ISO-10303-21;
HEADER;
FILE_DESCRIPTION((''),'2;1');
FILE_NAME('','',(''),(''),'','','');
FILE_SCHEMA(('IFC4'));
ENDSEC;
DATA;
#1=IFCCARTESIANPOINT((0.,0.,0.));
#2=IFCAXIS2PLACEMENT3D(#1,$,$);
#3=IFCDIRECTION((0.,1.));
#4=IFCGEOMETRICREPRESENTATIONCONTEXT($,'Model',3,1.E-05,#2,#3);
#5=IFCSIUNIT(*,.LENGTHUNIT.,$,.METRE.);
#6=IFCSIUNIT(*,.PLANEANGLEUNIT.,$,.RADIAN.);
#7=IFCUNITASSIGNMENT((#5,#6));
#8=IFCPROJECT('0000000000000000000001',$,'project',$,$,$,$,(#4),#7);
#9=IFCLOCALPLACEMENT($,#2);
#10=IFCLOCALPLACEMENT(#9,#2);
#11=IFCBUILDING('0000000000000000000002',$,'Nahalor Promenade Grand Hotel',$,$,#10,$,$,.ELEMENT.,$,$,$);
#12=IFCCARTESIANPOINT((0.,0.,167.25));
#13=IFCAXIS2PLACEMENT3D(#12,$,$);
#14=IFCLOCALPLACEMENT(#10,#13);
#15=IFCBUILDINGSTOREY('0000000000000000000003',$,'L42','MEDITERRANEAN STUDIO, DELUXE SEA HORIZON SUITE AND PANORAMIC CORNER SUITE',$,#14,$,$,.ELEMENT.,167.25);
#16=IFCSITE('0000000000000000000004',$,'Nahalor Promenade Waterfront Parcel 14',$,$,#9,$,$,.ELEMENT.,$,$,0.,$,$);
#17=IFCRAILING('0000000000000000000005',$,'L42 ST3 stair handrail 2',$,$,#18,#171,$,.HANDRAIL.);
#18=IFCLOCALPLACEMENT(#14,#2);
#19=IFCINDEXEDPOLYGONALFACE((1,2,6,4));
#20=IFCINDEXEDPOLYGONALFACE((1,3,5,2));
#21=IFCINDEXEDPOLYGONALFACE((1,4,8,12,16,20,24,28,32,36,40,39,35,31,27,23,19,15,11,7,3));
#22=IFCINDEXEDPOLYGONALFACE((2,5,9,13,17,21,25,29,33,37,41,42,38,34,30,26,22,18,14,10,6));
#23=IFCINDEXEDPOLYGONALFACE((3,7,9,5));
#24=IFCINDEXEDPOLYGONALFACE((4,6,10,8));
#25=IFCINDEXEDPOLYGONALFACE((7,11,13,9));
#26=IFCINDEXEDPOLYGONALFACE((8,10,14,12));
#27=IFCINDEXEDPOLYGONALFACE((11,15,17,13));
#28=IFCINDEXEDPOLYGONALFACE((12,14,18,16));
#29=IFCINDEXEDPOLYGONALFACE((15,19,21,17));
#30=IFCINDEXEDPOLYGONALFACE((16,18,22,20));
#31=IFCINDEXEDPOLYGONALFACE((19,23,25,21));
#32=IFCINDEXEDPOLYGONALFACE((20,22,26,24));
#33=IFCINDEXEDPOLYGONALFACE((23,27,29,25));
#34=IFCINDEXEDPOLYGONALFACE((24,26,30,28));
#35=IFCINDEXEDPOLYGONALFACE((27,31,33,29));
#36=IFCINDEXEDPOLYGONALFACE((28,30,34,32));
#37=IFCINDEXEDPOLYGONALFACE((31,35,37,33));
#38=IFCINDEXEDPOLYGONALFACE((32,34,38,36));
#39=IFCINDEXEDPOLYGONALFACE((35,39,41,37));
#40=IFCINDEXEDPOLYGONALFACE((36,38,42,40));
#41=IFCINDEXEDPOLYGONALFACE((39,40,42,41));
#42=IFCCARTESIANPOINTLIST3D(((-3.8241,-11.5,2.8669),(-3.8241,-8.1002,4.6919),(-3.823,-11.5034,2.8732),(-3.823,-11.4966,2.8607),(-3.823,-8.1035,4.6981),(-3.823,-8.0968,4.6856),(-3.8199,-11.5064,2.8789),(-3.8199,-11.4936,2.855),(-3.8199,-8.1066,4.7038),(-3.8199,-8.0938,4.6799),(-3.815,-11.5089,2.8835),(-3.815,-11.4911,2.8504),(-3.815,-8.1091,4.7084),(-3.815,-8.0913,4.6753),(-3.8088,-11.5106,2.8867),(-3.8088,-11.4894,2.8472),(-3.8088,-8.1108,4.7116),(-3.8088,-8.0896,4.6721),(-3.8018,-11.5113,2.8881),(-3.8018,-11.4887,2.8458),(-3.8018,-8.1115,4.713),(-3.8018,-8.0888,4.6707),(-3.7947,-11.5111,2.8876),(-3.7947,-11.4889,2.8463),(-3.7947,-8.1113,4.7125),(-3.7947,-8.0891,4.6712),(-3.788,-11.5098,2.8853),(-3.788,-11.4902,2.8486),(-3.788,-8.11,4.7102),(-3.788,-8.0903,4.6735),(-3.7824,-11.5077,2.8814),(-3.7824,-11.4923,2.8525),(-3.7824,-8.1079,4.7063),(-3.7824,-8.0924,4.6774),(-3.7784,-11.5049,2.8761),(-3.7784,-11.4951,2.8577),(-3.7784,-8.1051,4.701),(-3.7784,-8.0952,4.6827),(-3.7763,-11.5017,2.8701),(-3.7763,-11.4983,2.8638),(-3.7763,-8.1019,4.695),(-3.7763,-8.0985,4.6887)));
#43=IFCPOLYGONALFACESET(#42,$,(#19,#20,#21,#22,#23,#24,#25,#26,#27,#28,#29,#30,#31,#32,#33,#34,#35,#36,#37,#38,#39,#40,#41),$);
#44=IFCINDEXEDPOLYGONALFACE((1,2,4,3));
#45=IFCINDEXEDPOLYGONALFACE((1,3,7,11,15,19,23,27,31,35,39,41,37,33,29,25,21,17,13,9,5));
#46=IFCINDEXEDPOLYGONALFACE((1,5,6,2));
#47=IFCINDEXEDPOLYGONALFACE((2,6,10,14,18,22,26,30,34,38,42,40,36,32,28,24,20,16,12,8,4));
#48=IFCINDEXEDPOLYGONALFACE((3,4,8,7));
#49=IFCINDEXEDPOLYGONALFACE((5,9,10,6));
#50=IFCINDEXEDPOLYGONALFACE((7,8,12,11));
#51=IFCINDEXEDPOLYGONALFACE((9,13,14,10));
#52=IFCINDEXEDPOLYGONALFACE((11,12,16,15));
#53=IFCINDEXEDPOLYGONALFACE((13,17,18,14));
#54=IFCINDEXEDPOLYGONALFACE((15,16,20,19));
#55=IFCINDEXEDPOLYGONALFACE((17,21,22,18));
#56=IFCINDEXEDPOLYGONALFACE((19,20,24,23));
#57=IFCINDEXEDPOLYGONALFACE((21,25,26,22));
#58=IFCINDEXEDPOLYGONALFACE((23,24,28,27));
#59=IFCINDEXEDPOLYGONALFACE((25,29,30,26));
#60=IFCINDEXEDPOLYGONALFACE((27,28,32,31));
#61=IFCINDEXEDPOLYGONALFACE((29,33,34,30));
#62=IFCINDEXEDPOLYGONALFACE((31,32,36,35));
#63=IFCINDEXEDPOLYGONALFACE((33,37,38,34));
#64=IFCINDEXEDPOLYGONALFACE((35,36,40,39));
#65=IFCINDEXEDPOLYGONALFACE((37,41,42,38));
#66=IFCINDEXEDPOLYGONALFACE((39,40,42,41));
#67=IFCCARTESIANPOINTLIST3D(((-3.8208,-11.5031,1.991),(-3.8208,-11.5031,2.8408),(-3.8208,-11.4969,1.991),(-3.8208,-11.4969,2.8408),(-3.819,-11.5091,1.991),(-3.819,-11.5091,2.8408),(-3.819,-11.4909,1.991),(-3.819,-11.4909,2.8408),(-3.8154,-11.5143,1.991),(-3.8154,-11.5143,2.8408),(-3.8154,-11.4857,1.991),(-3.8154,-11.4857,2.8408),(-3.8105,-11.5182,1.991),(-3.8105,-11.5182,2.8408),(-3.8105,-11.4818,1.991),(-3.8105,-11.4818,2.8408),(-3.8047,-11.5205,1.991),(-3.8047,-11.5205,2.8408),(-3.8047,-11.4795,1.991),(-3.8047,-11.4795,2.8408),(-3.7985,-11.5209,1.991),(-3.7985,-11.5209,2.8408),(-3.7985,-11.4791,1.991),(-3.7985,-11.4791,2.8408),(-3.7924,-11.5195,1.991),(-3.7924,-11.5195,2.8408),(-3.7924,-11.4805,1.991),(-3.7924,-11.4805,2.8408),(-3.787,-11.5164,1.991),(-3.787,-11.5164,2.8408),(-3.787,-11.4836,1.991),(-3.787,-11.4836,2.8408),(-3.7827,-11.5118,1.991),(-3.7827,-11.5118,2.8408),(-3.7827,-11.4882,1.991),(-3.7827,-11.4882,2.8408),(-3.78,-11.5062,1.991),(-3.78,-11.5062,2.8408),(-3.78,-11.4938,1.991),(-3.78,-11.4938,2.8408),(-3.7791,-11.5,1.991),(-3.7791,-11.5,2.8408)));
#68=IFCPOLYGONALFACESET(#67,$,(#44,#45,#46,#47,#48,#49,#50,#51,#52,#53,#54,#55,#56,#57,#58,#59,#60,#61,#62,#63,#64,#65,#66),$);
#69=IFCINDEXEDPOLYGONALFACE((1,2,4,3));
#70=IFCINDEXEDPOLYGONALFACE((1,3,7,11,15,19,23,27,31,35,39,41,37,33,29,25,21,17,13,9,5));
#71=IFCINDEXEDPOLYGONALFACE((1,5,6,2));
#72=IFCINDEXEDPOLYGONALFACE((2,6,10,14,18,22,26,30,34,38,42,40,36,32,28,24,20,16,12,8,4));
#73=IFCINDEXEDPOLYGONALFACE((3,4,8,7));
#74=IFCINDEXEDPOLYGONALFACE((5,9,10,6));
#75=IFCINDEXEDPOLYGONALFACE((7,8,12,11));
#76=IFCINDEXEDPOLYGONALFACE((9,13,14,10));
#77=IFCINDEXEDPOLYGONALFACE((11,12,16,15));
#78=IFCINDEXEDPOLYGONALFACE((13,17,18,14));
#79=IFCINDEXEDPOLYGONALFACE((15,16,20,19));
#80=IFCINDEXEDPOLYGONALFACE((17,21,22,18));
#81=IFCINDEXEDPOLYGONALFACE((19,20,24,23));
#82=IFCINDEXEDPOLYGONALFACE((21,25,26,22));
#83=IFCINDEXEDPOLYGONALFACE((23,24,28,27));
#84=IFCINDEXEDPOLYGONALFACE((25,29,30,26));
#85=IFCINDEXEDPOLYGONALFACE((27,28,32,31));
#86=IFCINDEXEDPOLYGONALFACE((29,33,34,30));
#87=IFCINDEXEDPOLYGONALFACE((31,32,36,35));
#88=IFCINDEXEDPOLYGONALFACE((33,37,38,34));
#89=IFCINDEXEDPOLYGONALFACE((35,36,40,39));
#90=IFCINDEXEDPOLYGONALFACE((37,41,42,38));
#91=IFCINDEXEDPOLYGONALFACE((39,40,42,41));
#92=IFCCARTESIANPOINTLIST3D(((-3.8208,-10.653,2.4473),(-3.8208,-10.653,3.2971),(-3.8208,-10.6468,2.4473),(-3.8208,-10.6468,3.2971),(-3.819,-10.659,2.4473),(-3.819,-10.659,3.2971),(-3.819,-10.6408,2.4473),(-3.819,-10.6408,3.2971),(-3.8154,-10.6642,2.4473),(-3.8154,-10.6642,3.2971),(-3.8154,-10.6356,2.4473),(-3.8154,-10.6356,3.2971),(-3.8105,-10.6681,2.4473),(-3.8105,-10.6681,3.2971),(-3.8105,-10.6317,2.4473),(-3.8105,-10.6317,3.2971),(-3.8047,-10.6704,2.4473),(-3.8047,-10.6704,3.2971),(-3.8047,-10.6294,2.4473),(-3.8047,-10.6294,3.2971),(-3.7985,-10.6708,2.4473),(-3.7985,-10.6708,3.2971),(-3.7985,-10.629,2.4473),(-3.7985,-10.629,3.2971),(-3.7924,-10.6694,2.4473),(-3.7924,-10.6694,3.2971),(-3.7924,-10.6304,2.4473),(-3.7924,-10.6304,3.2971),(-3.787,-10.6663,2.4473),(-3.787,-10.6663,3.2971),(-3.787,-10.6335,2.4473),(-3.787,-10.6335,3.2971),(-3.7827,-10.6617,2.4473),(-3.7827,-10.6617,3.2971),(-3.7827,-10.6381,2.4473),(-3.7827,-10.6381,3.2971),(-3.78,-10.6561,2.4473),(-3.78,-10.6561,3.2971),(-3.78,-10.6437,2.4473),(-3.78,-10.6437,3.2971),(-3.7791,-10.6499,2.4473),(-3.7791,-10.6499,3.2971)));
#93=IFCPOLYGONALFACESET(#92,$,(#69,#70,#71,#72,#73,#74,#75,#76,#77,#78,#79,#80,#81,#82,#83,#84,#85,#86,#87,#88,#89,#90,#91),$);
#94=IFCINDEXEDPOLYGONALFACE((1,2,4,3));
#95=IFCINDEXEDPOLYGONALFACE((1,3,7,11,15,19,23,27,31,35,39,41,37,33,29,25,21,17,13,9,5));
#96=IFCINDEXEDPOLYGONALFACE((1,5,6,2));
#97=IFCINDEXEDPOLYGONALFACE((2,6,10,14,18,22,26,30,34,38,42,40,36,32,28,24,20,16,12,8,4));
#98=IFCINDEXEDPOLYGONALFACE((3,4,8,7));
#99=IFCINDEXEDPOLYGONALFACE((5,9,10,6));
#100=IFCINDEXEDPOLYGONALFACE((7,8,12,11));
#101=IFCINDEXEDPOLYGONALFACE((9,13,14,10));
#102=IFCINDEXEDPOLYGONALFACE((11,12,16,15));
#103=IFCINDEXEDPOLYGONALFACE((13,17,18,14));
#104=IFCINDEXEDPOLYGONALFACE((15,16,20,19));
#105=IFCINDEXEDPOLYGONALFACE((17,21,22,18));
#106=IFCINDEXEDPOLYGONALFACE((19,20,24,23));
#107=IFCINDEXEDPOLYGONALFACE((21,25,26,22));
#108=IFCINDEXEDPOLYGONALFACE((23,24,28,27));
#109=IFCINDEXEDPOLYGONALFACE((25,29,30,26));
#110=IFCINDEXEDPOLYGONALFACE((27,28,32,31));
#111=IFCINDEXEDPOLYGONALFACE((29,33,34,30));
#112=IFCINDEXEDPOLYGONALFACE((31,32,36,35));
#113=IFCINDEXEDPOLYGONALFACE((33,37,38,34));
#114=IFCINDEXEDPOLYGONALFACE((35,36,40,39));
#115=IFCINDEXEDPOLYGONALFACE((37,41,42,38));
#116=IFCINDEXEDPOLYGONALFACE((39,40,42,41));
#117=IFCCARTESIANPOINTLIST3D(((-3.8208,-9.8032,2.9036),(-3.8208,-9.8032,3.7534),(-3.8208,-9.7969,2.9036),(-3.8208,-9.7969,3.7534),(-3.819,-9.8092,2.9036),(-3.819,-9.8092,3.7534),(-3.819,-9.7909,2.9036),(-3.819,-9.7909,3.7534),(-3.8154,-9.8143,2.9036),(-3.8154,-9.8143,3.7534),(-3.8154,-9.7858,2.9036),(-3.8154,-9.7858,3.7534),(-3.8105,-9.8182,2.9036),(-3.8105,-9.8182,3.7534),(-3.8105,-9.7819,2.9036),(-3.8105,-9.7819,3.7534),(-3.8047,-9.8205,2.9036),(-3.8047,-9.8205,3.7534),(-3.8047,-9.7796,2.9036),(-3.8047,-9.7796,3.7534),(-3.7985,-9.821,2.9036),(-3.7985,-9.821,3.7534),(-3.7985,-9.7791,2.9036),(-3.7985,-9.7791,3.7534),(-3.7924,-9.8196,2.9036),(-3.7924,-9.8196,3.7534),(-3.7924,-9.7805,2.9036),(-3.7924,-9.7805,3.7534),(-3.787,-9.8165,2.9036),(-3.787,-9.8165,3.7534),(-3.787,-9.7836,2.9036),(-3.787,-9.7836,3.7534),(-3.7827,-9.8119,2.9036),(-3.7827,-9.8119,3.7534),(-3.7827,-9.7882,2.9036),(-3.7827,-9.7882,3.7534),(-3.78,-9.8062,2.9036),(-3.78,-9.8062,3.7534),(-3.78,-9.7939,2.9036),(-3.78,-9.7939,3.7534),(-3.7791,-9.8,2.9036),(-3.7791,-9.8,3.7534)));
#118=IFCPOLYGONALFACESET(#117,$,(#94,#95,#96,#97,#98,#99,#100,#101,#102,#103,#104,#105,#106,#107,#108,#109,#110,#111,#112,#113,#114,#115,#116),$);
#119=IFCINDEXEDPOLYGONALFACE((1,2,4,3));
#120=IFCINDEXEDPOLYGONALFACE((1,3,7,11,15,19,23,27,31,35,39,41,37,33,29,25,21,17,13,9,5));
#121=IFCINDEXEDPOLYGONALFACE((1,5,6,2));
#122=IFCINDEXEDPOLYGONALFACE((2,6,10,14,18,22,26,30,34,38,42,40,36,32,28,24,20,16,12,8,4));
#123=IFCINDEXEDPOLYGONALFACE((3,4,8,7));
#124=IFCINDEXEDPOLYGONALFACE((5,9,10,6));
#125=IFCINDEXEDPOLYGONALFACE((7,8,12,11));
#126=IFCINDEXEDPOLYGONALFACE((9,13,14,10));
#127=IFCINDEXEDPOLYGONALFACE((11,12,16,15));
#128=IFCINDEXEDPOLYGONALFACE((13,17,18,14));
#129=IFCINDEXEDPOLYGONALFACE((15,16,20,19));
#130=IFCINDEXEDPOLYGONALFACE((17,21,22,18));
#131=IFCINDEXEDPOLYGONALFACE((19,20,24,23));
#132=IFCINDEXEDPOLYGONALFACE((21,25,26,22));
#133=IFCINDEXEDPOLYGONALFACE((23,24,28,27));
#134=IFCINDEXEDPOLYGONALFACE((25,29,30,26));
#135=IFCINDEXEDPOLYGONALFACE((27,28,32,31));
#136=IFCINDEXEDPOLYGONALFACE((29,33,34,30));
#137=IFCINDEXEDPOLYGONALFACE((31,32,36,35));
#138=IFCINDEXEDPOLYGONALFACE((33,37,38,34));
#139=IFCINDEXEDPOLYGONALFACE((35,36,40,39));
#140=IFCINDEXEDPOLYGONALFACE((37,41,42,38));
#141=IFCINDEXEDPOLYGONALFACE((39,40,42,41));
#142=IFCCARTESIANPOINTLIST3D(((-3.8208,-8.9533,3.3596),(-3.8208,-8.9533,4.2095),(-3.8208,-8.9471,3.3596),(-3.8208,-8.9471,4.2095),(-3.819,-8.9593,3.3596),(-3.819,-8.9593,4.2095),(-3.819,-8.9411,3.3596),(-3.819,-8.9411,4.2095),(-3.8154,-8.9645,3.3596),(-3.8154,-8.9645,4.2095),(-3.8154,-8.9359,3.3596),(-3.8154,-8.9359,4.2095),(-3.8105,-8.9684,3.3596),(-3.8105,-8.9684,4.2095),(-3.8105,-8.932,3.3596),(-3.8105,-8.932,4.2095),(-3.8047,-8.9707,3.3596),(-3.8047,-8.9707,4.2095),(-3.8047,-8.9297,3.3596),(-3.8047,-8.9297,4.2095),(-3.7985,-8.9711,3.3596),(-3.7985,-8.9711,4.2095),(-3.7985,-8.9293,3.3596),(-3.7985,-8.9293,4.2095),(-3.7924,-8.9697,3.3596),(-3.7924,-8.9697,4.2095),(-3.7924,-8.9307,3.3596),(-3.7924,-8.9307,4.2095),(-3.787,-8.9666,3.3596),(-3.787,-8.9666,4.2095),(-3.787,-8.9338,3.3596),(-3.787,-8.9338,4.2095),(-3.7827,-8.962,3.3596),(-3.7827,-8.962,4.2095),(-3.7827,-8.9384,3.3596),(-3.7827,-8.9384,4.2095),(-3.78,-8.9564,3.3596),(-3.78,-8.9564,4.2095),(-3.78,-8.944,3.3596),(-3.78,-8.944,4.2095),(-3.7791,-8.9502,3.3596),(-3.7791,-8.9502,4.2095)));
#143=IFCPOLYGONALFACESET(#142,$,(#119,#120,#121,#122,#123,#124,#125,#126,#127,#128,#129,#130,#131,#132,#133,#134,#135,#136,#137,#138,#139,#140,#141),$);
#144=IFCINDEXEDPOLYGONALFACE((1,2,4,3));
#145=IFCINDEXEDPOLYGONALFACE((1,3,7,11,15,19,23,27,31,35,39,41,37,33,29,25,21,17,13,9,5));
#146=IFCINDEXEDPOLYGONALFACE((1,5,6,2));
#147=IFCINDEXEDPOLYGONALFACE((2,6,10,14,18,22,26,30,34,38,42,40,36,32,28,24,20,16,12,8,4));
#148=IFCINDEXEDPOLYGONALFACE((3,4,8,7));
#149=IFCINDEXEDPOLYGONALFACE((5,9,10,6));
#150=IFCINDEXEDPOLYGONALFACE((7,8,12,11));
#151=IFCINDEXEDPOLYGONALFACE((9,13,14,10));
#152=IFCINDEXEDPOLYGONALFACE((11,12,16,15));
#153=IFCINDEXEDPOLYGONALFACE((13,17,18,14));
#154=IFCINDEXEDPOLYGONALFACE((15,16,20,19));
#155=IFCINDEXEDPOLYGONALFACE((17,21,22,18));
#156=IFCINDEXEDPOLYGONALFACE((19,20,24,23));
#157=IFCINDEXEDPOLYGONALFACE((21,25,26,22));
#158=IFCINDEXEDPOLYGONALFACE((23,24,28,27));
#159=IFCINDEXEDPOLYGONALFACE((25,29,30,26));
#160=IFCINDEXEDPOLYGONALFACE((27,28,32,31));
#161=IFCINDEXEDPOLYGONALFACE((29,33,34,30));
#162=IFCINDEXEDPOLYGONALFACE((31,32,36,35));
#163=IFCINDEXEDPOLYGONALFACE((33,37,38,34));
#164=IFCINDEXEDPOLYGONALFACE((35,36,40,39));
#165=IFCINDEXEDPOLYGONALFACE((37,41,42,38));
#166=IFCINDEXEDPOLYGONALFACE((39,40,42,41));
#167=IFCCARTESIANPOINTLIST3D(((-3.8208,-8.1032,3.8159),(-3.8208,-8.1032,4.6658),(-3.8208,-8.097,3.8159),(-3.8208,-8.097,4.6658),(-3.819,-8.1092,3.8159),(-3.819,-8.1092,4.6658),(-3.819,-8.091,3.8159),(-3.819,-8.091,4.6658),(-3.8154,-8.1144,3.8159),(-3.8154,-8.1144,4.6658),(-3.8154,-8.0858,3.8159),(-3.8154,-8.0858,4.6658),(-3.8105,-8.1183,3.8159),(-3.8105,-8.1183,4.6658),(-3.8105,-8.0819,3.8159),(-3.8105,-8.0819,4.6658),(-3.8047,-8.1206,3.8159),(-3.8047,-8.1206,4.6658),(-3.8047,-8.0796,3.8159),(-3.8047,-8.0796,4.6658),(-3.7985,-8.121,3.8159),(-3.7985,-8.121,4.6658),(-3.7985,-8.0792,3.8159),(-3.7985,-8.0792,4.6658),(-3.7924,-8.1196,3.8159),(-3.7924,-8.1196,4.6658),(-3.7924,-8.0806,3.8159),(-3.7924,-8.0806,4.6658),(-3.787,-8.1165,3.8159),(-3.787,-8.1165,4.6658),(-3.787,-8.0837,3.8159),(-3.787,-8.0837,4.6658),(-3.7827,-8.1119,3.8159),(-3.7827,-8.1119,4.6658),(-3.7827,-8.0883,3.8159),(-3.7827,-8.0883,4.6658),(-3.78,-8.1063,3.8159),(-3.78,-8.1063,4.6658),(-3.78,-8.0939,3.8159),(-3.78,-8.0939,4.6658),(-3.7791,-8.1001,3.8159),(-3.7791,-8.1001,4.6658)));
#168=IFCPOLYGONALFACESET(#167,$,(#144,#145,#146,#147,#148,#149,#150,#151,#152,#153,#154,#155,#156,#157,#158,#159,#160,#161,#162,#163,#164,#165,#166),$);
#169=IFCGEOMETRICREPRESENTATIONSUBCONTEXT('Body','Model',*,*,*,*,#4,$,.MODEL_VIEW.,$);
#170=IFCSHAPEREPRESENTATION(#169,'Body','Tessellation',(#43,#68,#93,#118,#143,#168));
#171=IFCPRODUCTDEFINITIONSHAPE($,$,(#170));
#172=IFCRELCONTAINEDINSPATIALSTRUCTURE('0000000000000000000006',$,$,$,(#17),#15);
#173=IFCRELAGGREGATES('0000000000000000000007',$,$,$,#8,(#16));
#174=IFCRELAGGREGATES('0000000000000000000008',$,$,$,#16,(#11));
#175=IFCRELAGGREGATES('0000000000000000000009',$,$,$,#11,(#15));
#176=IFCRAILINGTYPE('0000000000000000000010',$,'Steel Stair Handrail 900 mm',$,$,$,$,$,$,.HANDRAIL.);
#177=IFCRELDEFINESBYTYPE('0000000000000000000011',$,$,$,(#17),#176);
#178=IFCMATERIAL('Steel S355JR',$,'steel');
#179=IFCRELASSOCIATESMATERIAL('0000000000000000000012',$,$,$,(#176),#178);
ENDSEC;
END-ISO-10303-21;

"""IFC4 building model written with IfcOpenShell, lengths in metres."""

from ifc_helpers import new_model, si_unit, direction, frame, origin, origin_2d, place, context, subcontext, project, spatial, circle, extrude, material, type_object, element, save


model = new_model("IFC4")

# Units and contexts
model_context = context("Model", 3, precision=1e-05, world=origin(), true_north=direction((0.0, 1.0)))
body_context = subcontext(model_context, "Body", "Model", "MODEL_VIEW")
ifc_project = project(units=[si_unit("LENGTHUNIT", "METRE"), si_unit("PLANEANGLEUNIT", "RADIAN")], contexts=[model_context])

# Site, building, storey
site_placement = place(None, origin())
site = spatial("IfcSite", under=ifc_project, at=site_placement, Name="Nahalor Promenade Waterfront Parcel 14", CompositionType="ELEMENT", RefElevation=0.0)
building_placement = place(site_placement, origin())
building = spatial("IfcBuilding", under=site, at=building_placement, Name="Nahalor Promenade Grand Hotel", CompositionType="ELEMENT")
storey_placement = place(building_placement, frame((0.0, 0.0, 167.25)))
storey = spatial("IfcBuildingStorey", under=building, at=storey_placement, Name="L42", Description="MEDITERRANEAN STUDIO, DELUXE SEA HORIZON SUITE AND PANORAMIC CORNER SUITE", CompositionType="ELEMENT", Elevation=167.25)

# Shared definitions
ifc_material_1 = material(Name="Steel S355JR", Category="steel")

# Railing
railing_type_1 = type_object("IfcRailingType", Name="Steel Stair Handrail 900 mm", PredefinedType="HANDRAIL", material=ifc_material_1)
railing_1_placement = place(storey_placement, frame((-3.8, -11.5, 1.991)))
element("IfcRailing", 1, at=railing_1_placement, inside=storey, type_object=railing_type_1, Name="L42 ST3 stair handrail 2", PredefinedType="HANDRAIL", context=body_context, shape_type="SweptSolid", body=[
    extrude(circle(Radius=0.024, at=origin_2d()), frame((0.0, 0.0, 0.876), z_axis=(0.0, 0.881094, 0.472941), x_axis=(-1.0, 0.0, 0.0)), (0.0, 0.0, 1.0), 3.8586),
    extrude(circle(Radius=0.021, at=origin_2d()), origin(), (0.0, 0.0, 1.0), 0.8499),
    extrude(circle(Radius=0.021, at=origin_2d()), frame((0.0, 0.8501, 0.4563)), (0.0, 0.0, 1.0), 0.8499),
    extrude(circle(Radius=0.021, at=origin_2d()), frame((0.0, 1.7, 0.9126)), (0.0, 0.0, 1.0), 0.8499),
    extrude(circle(Radius=0.021, at=origin_2d()), frame((0.0, 2.5498, 1.3687)), (0.0, 0.0, 1.0), 0.8499),
    extrude(circle(Radius=0.021, at=origin_2d()), frame((0.0, 3.3999, 1.825)), (0.0, 0.0, 1.0), 0.8499),
])

save(model, "model.ifc")
